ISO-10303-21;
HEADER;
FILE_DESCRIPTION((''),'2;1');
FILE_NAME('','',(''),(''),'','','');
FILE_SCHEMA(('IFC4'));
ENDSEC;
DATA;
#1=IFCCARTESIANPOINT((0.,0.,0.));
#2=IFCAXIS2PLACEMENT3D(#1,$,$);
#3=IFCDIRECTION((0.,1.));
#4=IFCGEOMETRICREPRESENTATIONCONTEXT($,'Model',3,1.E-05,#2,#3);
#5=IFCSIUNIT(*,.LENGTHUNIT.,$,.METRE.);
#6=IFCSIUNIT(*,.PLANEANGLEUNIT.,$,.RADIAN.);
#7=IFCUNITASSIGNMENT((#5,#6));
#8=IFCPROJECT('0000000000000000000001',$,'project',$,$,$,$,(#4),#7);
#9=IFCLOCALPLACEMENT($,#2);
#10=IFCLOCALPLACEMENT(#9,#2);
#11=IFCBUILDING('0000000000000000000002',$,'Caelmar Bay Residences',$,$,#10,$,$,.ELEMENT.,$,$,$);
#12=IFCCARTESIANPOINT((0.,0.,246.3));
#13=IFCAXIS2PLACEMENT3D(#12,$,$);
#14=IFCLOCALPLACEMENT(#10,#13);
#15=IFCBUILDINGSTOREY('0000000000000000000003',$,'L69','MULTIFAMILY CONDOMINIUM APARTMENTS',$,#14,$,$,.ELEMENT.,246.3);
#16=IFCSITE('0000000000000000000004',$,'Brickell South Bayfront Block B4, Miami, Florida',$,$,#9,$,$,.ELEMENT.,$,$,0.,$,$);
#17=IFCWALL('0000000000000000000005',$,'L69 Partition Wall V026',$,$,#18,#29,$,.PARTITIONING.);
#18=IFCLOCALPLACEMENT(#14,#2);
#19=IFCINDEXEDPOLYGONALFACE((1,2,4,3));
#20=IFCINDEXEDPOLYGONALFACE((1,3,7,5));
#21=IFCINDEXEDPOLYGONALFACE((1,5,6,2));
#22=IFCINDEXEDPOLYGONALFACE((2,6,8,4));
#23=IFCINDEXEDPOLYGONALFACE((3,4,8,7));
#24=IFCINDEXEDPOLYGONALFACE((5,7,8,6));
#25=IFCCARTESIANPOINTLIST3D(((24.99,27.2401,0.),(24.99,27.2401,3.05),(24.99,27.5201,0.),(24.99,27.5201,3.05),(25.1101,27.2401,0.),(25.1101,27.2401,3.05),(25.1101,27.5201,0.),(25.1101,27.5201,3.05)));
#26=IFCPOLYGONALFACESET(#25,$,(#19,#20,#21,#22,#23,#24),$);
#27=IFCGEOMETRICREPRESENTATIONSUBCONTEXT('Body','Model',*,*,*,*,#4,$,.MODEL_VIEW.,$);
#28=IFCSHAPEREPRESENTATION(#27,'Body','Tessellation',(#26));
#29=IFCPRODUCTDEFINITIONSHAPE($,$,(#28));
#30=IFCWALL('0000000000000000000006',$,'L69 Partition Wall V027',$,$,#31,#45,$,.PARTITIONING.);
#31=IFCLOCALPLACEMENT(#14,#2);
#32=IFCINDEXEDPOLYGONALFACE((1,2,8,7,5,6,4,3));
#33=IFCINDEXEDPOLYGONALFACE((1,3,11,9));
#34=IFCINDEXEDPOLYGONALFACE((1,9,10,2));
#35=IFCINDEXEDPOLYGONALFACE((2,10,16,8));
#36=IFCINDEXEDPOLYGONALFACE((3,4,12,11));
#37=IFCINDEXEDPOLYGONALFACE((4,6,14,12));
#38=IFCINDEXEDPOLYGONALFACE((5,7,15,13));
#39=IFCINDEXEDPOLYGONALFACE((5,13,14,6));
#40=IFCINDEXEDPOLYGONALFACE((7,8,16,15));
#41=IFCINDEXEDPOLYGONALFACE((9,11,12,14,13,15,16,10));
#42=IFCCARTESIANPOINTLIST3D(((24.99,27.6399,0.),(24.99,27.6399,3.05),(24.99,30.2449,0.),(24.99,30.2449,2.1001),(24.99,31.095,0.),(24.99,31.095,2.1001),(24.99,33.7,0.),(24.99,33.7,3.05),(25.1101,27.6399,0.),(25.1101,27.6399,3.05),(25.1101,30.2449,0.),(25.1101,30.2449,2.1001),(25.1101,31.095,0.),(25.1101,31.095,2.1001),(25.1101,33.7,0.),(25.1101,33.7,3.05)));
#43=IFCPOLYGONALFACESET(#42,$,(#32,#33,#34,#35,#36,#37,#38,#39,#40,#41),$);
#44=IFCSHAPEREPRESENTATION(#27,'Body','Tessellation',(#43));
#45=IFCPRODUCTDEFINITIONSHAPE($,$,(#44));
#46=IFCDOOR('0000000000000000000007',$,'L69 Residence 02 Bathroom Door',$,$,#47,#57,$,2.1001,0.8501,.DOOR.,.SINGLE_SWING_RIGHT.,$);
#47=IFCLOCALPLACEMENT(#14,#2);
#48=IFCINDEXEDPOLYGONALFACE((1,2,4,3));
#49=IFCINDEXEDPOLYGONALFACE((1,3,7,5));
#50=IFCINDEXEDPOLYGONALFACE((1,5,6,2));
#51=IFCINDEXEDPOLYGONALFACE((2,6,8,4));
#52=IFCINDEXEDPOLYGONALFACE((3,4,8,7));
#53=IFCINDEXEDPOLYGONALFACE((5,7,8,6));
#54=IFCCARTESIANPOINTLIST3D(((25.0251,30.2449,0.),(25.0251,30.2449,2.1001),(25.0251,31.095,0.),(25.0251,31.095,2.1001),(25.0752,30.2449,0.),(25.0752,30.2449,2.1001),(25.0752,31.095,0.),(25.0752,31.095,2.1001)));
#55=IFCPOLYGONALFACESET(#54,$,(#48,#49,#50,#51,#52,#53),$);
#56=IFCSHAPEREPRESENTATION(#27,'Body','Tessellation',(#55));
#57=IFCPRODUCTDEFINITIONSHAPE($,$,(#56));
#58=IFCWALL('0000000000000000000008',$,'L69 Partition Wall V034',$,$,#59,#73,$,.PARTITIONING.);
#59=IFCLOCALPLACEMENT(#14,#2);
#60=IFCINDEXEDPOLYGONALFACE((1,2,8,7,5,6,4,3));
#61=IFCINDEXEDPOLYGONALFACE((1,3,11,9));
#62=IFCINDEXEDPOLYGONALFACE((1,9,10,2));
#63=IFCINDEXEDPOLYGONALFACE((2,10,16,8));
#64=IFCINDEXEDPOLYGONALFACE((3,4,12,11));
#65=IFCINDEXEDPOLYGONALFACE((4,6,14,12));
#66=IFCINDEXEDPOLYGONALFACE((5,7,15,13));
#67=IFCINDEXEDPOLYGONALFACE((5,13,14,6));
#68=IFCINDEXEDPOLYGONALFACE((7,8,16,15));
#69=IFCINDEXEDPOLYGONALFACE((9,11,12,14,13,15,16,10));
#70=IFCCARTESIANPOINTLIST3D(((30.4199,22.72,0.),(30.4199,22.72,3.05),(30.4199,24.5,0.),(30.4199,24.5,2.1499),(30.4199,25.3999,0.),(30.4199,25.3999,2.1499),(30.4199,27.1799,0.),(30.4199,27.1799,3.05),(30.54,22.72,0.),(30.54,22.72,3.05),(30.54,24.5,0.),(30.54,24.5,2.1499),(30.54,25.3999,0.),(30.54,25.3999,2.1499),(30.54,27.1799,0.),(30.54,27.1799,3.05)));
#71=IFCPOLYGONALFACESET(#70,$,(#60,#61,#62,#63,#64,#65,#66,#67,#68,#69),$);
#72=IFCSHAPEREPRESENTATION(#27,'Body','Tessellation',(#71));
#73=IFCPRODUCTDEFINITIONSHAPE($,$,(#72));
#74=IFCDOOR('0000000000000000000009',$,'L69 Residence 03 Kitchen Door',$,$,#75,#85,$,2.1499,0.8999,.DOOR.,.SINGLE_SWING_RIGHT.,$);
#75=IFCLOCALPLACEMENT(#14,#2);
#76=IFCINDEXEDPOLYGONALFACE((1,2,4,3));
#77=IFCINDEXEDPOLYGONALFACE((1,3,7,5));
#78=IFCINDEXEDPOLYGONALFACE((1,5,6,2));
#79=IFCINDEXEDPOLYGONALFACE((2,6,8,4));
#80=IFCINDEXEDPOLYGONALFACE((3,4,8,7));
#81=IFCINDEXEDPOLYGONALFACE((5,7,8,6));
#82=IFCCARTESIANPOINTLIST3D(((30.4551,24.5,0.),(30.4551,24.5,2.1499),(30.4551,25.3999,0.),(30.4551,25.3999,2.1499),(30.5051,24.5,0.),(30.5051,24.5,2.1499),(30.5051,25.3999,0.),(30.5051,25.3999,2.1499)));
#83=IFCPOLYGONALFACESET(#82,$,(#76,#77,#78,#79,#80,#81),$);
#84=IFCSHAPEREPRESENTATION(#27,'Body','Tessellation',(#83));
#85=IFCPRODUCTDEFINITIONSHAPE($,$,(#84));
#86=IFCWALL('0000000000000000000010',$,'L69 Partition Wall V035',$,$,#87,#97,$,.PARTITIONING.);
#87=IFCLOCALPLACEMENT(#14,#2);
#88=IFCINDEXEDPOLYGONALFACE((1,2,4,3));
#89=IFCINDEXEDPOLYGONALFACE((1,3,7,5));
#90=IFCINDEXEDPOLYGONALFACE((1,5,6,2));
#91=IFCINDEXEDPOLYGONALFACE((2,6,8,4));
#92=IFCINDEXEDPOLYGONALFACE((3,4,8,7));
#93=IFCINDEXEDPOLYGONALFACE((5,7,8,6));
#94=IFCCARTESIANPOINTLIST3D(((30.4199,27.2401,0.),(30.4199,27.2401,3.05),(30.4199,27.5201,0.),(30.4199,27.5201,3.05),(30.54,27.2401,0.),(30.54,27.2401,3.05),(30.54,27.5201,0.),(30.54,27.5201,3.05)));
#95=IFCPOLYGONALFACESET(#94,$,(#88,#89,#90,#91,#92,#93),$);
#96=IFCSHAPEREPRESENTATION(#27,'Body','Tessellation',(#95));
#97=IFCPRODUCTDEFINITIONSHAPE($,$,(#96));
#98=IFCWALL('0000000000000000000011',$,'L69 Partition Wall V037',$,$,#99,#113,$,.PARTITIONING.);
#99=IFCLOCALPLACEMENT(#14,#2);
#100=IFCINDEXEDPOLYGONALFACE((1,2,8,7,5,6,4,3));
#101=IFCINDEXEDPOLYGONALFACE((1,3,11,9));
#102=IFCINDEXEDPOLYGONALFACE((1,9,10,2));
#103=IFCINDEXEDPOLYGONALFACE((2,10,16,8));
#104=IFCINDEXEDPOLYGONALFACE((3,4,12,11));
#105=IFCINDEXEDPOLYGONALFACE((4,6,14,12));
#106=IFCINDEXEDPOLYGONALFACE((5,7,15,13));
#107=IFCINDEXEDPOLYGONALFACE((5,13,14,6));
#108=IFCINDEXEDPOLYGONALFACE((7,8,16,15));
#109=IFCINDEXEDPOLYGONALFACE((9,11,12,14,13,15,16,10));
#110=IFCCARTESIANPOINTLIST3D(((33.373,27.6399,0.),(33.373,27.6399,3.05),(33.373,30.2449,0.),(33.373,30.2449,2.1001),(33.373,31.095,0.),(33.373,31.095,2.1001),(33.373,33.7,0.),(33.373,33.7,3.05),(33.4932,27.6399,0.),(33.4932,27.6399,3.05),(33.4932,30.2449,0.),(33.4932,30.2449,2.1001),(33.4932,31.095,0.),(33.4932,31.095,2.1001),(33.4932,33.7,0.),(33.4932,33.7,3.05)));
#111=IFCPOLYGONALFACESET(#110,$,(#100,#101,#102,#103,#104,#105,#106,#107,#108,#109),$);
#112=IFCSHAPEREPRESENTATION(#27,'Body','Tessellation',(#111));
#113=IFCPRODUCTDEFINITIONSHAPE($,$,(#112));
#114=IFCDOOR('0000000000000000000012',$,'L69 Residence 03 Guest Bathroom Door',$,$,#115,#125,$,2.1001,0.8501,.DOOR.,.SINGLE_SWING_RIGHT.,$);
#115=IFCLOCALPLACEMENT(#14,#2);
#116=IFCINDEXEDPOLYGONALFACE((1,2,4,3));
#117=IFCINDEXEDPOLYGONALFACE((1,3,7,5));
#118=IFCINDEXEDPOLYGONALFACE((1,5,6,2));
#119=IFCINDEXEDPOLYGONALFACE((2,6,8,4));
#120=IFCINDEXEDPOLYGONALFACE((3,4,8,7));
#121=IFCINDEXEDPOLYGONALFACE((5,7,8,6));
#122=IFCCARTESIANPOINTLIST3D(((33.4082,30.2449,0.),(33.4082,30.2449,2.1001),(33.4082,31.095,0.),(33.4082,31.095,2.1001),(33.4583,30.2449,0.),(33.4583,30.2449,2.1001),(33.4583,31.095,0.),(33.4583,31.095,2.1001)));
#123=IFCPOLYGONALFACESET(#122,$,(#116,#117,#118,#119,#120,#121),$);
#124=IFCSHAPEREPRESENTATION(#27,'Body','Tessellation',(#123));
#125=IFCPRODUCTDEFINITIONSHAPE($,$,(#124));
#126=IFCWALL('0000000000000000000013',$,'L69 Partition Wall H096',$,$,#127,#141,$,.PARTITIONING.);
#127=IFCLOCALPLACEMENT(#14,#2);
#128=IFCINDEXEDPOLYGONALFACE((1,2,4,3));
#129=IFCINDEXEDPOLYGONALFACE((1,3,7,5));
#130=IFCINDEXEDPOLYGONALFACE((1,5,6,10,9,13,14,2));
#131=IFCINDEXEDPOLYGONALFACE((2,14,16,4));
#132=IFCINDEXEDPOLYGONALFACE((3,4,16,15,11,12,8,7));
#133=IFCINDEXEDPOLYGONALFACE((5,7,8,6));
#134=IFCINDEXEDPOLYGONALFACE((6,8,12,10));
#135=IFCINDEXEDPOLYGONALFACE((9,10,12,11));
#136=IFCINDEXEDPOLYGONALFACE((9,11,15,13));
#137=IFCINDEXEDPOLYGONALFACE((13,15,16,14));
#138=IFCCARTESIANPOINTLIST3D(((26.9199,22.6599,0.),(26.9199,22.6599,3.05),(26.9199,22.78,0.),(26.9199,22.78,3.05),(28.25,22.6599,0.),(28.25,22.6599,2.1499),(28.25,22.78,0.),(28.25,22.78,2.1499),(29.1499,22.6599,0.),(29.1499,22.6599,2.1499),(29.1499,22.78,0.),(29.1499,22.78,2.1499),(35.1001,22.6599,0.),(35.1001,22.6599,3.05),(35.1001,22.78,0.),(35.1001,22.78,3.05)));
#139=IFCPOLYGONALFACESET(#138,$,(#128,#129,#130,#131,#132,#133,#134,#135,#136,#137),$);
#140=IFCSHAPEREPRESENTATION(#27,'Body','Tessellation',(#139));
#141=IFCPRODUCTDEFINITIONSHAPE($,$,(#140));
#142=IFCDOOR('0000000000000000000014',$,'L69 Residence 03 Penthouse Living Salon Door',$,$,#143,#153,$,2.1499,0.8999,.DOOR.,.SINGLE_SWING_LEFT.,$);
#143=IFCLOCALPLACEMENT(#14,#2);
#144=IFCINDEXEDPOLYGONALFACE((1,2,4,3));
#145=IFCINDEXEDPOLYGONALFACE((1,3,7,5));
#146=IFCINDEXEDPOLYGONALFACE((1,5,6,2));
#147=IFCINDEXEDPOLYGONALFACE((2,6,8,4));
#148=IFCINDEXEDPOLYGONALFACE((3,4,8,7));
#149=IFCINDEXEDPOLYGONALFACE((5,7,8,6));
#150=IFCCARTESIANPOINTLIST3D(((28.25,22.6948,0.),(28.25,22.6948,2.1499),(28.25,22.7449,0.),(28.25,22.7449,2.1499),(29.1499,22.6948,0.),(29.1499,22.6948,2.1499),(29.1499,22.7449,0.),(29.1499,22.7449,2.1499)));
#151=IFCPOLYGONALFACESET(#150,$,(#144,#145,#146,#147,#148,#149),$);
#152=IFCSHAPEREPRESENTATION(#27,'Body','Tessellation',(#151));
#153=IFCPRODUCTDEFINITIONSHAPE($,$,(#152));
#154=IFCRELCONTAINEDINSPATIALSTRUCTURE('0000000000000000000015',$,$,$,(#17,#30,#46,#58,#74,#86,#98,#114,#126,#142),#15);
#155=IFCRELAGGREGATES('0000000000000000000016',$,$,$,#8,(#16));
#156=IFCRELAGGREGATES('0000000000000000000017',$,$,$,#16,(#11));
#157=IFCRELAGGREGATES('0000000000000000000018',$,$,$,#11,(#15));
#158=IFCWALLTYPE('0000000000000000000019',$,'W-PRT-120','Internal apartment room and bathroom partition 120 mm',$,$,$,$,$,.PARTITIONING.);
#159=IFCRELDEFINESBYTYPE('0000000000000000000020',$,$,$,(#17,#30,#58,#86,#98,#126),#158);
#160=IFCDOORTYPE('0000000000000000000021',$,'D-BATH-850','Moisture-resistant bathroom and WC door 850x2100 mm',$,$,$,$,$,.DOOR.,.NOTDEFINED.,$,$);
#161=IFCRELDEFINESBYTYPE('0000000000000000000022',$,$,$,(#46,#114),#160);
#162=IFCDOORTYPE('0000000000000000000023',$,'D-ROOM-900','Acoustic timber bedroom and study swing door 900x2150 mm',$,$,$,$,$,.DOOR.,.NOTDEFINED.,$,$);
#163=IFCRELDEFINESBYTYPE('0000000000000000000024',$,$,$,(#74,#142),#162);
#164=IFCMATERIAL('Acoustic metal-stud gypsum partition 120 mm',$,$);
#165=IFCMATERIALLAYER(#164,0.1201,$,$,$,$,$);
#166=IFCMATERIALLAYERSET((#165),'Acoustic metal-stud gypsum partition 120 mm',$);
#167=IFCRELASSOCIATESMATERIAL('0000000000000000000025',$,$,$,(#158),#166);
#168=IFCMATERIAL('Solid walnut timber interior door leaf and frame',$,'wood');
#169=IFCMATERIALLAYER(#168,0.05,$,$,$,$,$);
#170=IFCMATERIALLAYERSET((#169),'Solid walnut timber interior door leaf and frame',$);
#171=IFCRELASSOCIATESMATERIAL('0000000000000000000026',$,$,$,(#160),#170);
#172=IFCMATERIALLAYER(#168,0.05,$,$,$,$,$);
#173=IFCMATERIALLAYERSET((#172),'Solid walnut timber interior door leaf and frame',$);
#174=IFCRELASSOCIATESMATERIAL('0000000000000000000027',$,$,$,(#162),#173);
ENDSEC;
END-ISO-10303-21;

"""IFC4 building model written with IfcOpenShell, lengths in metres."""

from ifc_helpers import new_model, si_unit, direction, frame, frame_2d, origin, place, context, subcontext, project, spatial, rectangle, extrude, material, layer, layer_set, type_object, element, fill, save


model = new_model("IFC4")

# Units and contexts
model_context = context("Model", 3, precision=1e-05, world=origin(), true_north=direction((0.0, 1.0)))
body_context = subcontext(model_context, "Body", "Model", "MODEL_VIEW")
ifc_project = project(units=[si_unit("LENGTHUNIT", "METRE"), si_unit("PLANEANGLEUNIT", "RADIAN")], contexts=[model_context])

# Site, building, storey
site_placement = place(None, origin())
site = spatial("IfcSite", under=ifc_project, at=site_placement, Name="Brickell South Bayfront Block B4, Miami, Florida", CompositionType="ELEMENT", RefElevation=0.0)
building_placement = place(site_placement, origin())
building = spatial("IfcBuilding", under=site, at=building_placement, Name="Caelmar Bay Residences", CompositionType="ELEMENT")
storey_placement = place(building_placement, frame((0.0, 0.0, 246.3)))
storey = spatial("IfcBuildingStorey", under=building, at=storey_placement, Name="L69", Description="MULTIFAMILY CONDOMINIUM APARTMENTS", CompositionType="ELEMENT", Elevation=246.3)

# Wall
ifc_material_1 = material(Name="Acoustic metal-stud gypsum partition 120 mm")
ifc_layer_1 = layer(ifc_material_1, 0.1201)
ifc_layer_set_1 = layer_set([ifc_layer_1], Name="Acoustic metal-stud gypsum partition 120 mm")
wall_type_1 = type_object("IfcWallType", Name="W-PRT-120", Description="Internal apartment room and bathroom partition 120 mm", PredefinedType="PARTITIONING", material=ifc_layer_set_1)
wall_1_placement = place(storey_placement, frame((25.05, 27.24, 0.0), z_axis=(0.0, 0.0, 1.0), x_axis=(0.0, 1.0, 0.0)))
element("IfcWall", 1, at=wall_1_placement, inside=storey, type_object=wall_type_1, Name="L69 Partition Wall V026", PredefinedType="PARTITIONING", context=body_context, shape_type="SweptSolid", body=[
    extrude(rectangle(XDim=0.28, YDim=0.1201, at=frame_2d((0.1401, 0.0))), origin(), (0.0, 0.0, 1.0), 3.05),
])

# Walls, openings, doors
wall_2_placement = place(storey_placement, frame((25.05, 27.6399, 0.0), z_axis=(0.0, 0.0, 1.0), x_axis=(0.0, 1.0, 0.0)))
wall_2 = element("IfcWall", 2, at=wall_2_placement, inside=storey, type_object=wall_type_1, Name="L69 Partition Wall V027", PredefinedType="PARTITIONING", context=body_context, shape_type="SweptSolid", body=[
    extrude(rectangle(XDim=6.0601, YDim=0.1201, at=frame_2d((3.03, 0.0))), origin(), (0.0, 0.0, 1.0), 3.05),
])
opening_1_placement = place(wall_2_placement, frame((2.605, 0.0, 0.0)))
opening_1 = element("IfcOpeningElement", 3, at=opening_1_placement, cuts=wall_2, PredefinedType="OPENING", context=body_context, shape_type="SweptSolid", body=[
    extrude(rectangle(XDim=0.8501, YDim=2.1001, at=frame_2d((0.425, 1.05))), frame((0.0, 0.0701, 0.0), z_axis=(0.0, -1.0, 0.0), x_axis=(1.0, 0.0, 0.0)), (0.0, 0.0, 1.0), 0.1401),
])
ifc_material_2 = material(Name="Solid walnut timber interior door leaf and frame", Category="wood")
ifc_layer_2 = layer(ifc_material_2, 0.05)
ifc_layer_set_2 = layer_set([ifc_layer_2], Name="Solid walnut timber interior door leaf and frame")
door_type_1 = type_object("IfcDoorType", Name="D-BATH-850", Description="Moisture-resistant bathroom and WC door 850x2100 mm", OperationType="NOTDEFINED", PredefinedType="DOOR", material=ifc_layer_set_2)
door_1_placement = place(opening_1_placement, origin())
door_1 = element("IfcDoor", 4, at=door_1_placement, inside=storey, type_object=door_type_1, Name="L69 Residence 02 Bathroom Door", OperationType="SINGLE_SWING_RIGHT", OverallHeight=2.1001, OverallWidth=0.8501, PredefinedType="DOOR", context=body_context, shape_type="SweptSolid", body=[
    extrude(rectangle(XDim=0.8501, YDim=2.1001, at=frame_2d((0.425, 1.05))), frame((0.0, 0.0249, 0.0), z_axis=(0.0, -1.0, 0.0), x_axis=(1.0, 0.0, 0.0)), (0.0, 0.0, 1.0), 0.05),
])
fill(opening_1, door_1)
wall_3_placement = place(storey_placement, frame((30.48, 22.72, 0.0), z_axis=(0.0, 0.0, 1.0), x_axis=(0.0, 1.0, 0.0)))
wall_3 = element("IfcWall", 5, at=wall_3_placement, inside=storey, type_object=wall_type_1, Name="L69 Partition Wall V034", PredefinedType="PARTITIONING", context=body_context, shape_type="SweptSolid", body=[
    extrude(rectangle(XDim=4.46, YDim=0.1201, at=frame_2d((2.23, 0.0))), origin(), (0.0, 0.0, 1.0), 3.05),
])
opening_2_placement = place(wall_3_placement, frame((1.78, 0.0, 0.0)))
opening_2 = element("IfcOpeningElement", 6, at=opening_2_placement, cuts=wall_3, PredefinedType="OPENING", context=body_context, shape_type="SweptSolid", body=[
    extrude(rectangle(XDim=0.8999, YDim=2.1499, at=frame_2d((0.45, 1.075))), frame((0.0, 0.0701, 0.0), z_axis=(0.0, -1.0, 0.0), x_axis=(1.0, 0.0, 0.0)), (0.0, 0.0, 1.0), 0.1401),
])
ifc_layer_3 = layer(ifc_material_2, 0.05)
ifc_layer_set_3 = layer_set([ifc_layer_3], Name="Solid walnut timber interior door leaf and frame")
door_type_2 = type_object("IfcDoorType", Name="D-ROOM-900", Description="Acoustic timber bedroom and study swing door 900x2150 mm", OperationType="NOTDEFINED", PredefinedType="DOOR", material=ifc_layer_set_3)
door_2_placement = place(opening_2_placement, origin())
door_2 = element("IfcDoor", 7, at=door_2_placement, inside=storey, type_object=door_type_2, Name="L69 Residence 03 Kitchen Door", OperationType="SINGLE_SWING_RIGHT", OverallHeight=2.1499, OverallWidth=0.8999, PredefinedType="DOOR", context=body_context, shape_type="SweptSolid", body=[
    extrude(rectangle(XDim=0.8999, YDim=2.1499, at=frame_2d((0.45, 1.075))), frame((0.0, 0.0249, 0.0), z_axis=(0.0, -1.0, 0.0), x_axis=(1.0, 0.0, 0.0)), (0.0, 0.0, 1.0), 0.05),
])
fill(opening_2, door_2)

# Wall
wall_4_placement = place(storey_placement, frame((30.48, 27.24, 0.0), z_axis=(0.0, 0.0, 1.0), x_axis=(0.0, 1.0, 0.0)))
element("IfcWall", 8, at=wall_4_placement, inside=storey, type_object=wall_type_1, Name="L69 Partition Wall V035", PredefinedType="PARTITIONING", context=body_context, shape_type="SweptSolid", body=[
    extrude(rectangle(XDim=0.28, YDim=0.1201, at=frame_2d((0.1401, 0.0))), origin(), (0.0, 0.0, 1.0), 3.05),
])

# Walls, openings, doors
wall_5_placement = place(storey_placement, frame((33.4331, 27.6399, 0.0), z_axis=(0.0, 0.0, 1.0), x_axis=(0.0, 1.0, 0.0)))
wall_5 = element("IfcWall", 9, at=wall_5_placement, inside=storey, type_object=wall_type_1, Name="L69 Partition Wall V037", PredefinedType="PARTITIONING", context=body_context, shape_type="SweptSolid", body=[
    extrude(rectangle(XDim=6.0601, YDim=0.1201, at=frame_2d((3.03, 0.0))), origin(), (0.0, 0.0, 1.0), 3.05),
])
opening_3_placement = place(wall_5_placement, frame((2.605, 0.0, 0.0)))
opening_3 = element("IfcOpeningElement", 10, at=opening_3_placement, cuts=wall_5, PredefinedType="OPENING", context=body_context, shape_type="SweptSolid", body=[
    extrude(rectangle(XDim=0.8501, YDim=2.1001, at=frame_2d((0.425, 1.05))), frame((0.0, 0.0701, 0.0), z_axis=(0.0, -1.0, 0.0), x_axis=(1.0, 0.0, 0.0)), (0.0, 0.0, 1.0), 0.1401),
])
door_3_placement = place(opening_3_placement, origin())
door_3 = element("IfcDoor", 11, at=door_3_placement, inside=storey, type_object=door_type_1, Name="L69 Residence 03 Guest Bathroom Door", OperationType="SINGLE_SWING_RIGHT", OverallHeight=2.1001, OverallWidth=0.8501, PredefinedType="DOOR", context=body_context, shape_type="SweptSolid", body=[
    extrude(rectangle(XDim=0.8501, YDim=2.1001, at=frame_2d((0.425, 1.05))), frame((0.0, 0.0249, 0.0), z_axis=(0.0, -1.0, 0.0), x_axis=(1.0, 0.0, 0.0)), (0.0, 0.0, 1.0), 0.05),
])
fill(opening_3, door_3)
wall_6_placement = place(storey_placement, frame((26.9199, 22.72, 0.0), z_axis=(0.0, 0.0, 1.0), x_axis=(1.0, 0.0, 0.0)))
wall_6 = element("IfcWall", 12, at=wall_6_placement, inside=storey, type_object=wall_type_1, Name="L69 Partition Wall H096", PredefinedType="PARTITIONING", context=body_context, shape_type="SweptSolid", body=[
    extrude(rectangle(XDim=8.1802, YDim=0.1201, at=frame_2d((4.0901, 0.0))), origin(), (0.0, 0.0, 1.0), 3.05),
])
opening_4_placement = place(wall_6_placement, frame((1.3301, 0.0, 0.0)))
opening_4 = element("IfcOpeningElement", 13, at=opening_4_placement, cuts=wall_6, PredefinedType="OPENING", context=body_context, shape_type="SweptSolid", body=[
    extrude(rectangle(XDim=0.8999, YDim=2.1499, at=frame_2d((0.45, 1.075))), frame((0.0, 0.0701, 0.0), z_axis=(0.0, -1.0, 0.0), x_axis=(1.0, 0.0, 0.0)), (0.0, 0.0, 1.0), 0.1401),
])
door_4_placement = place(opening_4_placement, origin())
door_4 = element("IfcDoor", 14, at=door_4_placement, inside=storey, type_object=door_type_2, Name="L69 Residence 03 Penthouse Living Salon Door", OperationType="SINGLE_SWING_LEFT", OverallHeight=2.1499, OverallWidth=0.8999, PredefinedType="DOOR", context=body_context, shape_type="SweptSolid", body=[
    extrude(rectangle(XDim=0.8999, YDim=2.1499, at=frame_2d((0.45, 1.075))), frame((0.0, 0.0249, 0.0), z_axis=(0.0, -1.0, 0.0), x_axis=(1.0, 0.0, 0.0)), (0.0, 0.0, 1.0), 0.05),
])
fill(opening_4, door_4)

save(model, "model.ifc")
